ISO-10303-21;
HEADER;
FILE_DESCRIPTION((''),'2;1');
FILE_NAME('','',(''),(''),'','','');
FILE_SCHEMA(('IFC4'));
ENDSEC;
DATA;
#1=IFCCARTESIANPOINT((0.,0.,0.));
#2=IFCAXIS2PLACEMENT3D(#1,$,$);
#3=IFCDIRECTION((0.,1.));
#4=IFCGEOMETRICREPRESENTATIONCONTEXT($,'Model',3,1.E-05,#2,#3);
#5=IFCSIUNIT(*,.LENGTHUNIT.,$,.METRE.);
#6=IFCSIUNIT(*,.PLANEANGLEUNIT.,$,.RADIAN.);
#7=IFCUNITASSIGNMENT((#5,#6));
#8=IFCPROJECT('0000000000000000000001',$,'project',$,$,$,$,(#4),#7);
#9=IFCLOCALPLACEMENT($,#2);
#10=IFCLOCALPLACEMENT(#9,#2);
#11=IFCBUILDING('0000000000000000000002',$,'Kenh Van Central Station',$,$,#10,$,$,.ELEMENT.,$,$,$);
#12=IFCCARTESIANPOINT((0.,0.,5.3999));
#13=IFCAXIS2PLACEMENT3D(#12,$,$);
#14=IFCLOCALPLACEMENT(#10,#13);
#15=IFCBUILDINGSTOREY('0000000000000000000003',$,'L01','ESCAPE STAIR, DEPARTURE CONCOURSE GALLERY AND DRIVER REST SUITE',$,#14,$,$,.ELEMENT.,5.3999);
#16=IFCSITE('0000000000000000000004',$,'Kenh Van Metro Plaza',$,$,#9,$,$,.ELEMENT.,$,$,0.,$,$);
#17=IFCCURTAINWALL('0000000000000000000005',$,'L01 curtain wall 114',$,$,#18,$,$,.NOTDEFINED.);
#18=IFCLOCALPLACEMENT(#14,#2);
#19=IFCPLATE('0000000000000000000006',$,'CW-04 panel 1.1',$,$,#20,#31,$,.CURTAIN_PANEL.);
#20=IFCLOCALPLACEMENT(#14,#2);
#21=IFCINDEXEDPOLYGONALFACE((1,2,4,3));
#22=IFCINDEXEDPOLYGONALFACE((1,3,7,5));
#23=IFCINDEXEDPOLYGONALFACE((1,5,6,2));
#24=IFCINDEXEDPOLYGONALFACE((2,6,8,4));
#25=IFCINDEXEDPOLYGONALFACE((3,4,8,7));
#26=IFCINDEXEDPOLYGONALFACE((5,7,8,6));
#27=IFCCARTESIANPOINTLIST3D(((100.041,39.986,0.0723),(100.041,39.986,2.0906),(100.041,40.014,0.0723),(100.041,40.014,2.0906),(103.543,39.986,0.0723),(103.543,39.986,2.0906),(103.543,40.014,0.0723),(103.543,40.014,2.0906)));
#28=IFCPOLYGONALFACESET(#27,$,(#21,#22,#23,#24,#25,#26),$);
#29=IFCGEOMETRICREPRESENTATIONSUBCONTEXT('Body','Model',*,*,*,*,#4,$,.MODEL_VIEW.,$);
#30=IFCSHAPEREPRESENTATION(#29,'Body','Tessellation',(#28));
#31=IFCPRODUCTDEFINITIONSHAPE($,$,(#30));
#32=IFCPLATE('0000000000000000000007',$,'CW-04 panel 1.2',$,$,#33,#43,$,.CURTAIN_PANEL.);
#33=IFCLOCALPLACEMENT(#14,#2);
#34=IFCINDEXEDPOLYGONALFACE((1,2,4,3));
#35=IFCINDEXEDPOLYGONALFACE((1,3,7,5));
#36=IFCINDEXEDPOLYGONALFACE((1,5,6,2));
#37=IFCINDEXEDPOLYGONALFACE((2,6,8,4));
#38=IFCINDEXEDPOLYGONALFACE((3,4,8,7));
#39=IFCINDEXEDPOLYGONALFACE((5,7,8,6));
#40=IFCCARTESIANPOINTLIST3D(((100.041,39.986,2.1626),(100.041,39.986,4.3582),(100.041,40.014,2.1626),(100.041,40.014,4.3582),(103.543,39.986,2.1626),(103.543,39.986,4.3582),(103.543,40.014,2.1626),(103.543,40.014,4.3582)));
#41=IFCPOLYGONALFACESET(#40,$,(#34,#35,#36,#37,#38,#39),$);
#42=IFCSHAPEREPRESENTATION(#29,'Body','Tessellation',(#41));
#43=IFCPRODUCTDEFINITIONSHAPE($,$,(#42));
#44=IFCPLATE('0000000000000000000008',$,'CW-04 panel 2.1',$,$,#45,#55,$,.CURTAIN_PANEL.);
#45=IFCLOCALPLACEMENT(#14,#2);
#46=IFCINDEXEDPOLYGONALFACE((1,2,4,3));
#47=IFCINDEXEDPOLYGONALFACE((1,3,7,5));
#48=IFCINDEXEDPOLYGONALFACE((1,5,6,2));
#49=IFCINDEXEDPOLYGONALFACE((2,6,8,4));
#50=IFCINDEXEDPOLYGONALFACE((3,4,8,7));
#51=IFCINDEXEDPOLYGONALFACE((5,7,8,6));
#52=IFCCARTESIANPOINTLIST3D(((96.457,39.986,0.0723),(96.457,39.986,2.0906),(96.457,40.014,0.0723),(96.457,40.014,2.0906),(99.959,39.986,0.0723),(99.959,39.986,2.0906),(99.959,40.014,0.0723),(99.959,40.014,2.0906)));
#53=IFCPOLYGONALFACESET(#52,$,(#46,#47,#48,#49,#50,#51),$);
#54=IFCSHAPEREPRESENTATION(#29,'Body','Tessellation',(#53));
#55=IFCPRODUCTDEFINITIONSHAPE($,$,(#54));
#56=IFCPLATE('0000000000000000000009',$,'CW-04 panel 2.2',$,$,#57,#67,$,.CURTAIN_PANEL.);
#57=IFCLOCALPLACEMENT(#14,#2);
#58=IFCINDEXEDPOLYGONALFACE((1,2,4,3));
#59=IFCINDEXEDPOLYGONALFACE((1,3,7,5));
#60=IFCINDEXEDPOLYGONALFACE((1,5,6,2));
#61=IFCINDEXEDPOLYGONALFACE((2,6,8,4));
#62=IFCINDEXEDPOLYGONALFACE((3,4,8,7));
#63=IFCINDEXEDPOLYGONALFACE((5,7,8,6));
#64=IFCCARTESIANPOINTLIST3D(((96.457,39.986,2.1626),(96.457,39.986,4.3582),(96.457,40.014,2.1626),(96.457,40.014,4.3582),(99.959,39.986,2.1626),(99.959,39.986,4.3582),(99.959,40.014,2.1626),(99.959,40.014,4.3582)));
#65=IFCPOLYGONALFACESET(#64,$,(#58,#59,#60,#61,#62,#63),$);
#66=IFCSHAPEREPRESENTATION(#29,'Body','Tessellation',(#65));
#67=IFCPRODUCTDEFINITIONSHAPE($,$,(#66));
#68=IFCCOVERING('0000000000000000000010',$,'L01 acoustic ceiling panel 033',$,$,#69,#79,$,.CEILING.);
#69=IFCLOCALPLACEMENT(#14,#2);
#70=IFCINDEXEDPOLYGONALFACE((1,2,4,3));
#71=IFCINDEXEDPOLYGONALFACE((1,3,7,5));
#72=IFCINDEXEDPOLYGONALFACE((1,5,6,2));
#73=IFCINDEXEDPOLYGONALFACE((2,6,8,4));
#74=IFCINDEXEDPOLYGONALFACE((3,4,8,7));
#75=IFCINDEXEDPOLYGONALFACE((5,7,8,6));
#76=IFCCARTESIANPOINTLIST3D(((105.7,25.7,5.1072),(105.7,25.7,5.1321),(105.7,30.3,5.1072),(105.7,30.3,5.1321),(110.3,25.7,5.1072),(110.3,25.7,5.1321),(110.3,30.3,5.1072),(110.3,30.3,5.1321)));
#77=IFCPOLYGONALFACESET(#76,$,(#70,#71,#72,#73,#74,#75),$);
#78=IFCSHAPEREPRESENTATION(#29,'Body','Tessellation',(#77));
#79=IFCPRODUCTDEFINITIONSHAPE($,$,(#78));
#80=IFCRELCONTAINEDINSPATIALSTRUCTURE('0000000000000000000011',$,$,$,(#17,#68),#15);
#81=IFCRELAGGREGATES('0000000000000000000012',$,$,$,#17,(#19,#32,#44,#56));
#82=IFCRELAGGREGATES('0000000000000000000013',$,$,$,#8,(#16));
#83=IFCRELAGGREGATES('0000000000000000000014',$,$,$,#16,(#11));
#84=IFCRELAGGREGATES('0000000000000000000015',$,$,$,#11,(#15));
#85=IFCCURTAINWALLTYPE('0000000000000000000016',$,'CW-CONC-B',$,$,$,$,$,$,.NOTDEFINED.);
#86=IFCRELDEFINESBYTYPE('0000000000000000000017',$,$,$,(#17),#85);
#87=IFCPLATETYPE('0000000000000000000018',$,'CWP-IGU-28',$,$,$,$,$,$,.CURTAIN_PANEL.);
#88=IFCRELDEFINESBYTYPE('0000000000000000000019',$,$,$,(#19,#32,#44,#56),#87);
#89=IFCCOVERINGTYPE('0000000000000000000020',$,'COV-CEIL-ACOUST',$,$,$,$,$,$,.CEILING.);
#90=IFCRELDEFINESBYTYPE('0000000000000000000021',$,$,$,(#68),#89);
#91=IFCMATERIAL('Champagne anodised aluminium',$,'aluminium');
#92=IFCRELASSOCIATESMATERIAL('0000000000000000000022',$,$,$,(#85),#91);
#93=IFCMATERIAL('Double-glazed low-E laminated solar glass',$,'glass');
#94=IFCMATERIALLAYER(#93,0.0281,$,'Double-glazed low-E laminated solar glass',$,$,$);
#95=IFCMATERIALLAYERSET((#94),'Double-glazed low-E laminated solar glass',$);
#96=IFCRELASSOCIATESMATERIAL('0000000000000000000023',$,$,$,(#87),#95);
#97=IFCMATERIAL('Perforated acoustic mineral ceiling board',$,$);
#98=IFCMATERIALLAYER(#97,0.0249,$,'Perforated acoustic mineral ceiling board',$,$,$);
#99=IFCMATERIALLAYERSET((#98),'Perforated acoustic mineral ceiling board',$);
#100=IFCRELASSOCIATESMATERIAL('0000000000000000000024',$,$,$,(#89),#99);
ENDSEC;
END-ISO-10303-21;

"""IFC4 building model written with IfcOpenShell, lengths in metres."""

from ifc_helpers import new_model, si_unit, direction, frame, origin, origin_2d, place, context, subcontext, project, spatial, rectangle, extrude, material, layer, layer_set, type_object, element, aggregate, save


model = new_model("IFC4")

# Units and contexts
model_context = context("Model", 3, precision=1e-05, world=origin(), true_north=direction((0.0, 1.0)))
body_context = subcontext(model_context, "Body", "Model", "MODEL_VIEW")
ifc_project = project(units=[si_unit("LENGTHUNIT", "METRE"), si_unit("PLANEANGLEUNIT", "RADIAN")], contexts=[model_context])

# Site, building, storey
site_placement = place(None, origin())
site = spatial("IfcSite", under=ifc_project, at=site_placement, Name="Kenh Van Metro Plaza", CompositionType="ELEMENT", RefElevation=0.0)
building_placement = place(site_placement, origin())
building = spatial("IfcBuilding", under=site, at=building_placement, Name="Kenh Van Central Station", CompositionType="ELEMENT")
storey_placement = place(building_placement, frame((0.0, 0.0, 5.3999)))
storey = spatial("IfcBuildingStorey", under=building, at=storey_placement, Name="L01", Description="ESCAPE STAIR, DEPARTURE CONCOURSE GALLERY AND DRIVER REST SUITE", CompositionType="ELEMENT", Elevation=5.3999)

# Curtain wall
ifc_material_1 = material(Name="Champagne anodised aluminium", Category="aluminium")
curtain_wall_type = type_object("IfcCurtainWallType", Name="CW-CONC-B", PredefinedType="NOTDEFINED", material=ifc_material_1)
curtain_wall_1_placement = place(storey_placement, origin())
curtain_wall_1 = element("IfcCurtainWall", 1, at=curtain_wall_1_placement, inside=storey, type_object=curtain_wall_type, Name="L01 curtain wall 114", PredefinedType="NOTDEFINED")

# Plates
ifc_material_2 = material(Name="Double-glazed low-E laminated solar glass", Category="glass")
ifc_layer_1 = layer(ifc_material_2, 0.0281, Name="Double-glazed low-E laminated solar glass")
ifc_layer_set_1 = layer_set([ifc_layer_1], Name="Double-glazed low-E laminated solar glass")
plate_type = type_object("IfcPlateType", Name="CWP-IGU-28", PredefinedType="CURTAIN_PANEL", material=ifc_layer_set_1)
plate_1_placement = place(storey_placement, frame((101.792, 40.0, 0.0723), z_axis=(0.0, 0.0, 1.0), x_axis=(-1.0, 0.0, 0.0)))
plate_1 = element("IfcPlate", 2, at=plate_1_placement, type_object=plate_type, Name="CW-04 panel 1.1", PredefinedType="CURTAIN_PANEL", context=body_context, shape_type="SweptSolid", body=[
    extrude(rectangle(XDim=3.502, YDim=0.0281, at=origin_2d()), origin(), (0.0, 0.0, 1.0), 2.0183),
])
plate_2_placement = place(storey_placement, frame((101.792, 40.0, 2.1626), z_axis=(0.0, 0.0, 1.0), x_axis=(-1.0, 0.0, 0.0)))
plate_2 = element("IfcPlate", 3, at=plate_2_placement, type_object=plate_type, Name="CW-04 panel 1.2", PredefinedType="CURTAIN_PANEL", context=body_context, shape_type="SweptSolid", body=[
    extrude(rectangle(XDim=3.502, YDim=0.0281, at=origin_2d()), origin(), (0.0, 0.0, 1.0), 2.1956),
])
plate_3_placement = place(storey_placement, frame((98.208, 40.0, 0.0723), z_axis=(0.0, 0.0, 1.0), x_axis=(-1.0, 0.0, 0.0)))
plate_3 = element("IfcPlate", 4, at=plate_3_placement, type_object=plate_type, Name="CW-04 panel 2.1", PredefinedType="CURTAIN_PANEL", context=body_context, shape_type="SweptSolid", body=[
    extrude(rectangle(XDim=3.502, YDim=0.0281, at=origin_2d()), origin(), (0.0, 0.0, 1.0), 2.0183),
])
plate_4_placement = place(storey_placement, frame((98.208, 40.0, 2.1626), z_axis=(0.0, 0.0, 1.0), x_axis=(-1.0, 0.0, 0.0)))
plate_4 = element("IfcPlate", 5, at=plate_4_placement, type_object=plate_type, Name="CW-04 panel 2.2", PredefinedType="CURTAIN_PANEL", context=body_context, shape_type="SweptSolid", body=[
    extrude(rectangle(XDim=3.502, YDim=0.0281, at=origin_2d()), origin(), (0.0, 0.0, 1.0), 2.1956),
])
aggregate(curtain_wall_1, [plate_1, plate_2, plate_3, plate_4])

# Covering
ifc_material_3 = material(Name="Perforated acoustic mineral ceiling board")
ifc_layer_2 = layer(ifc_material_3, 0.0249, Name="Perforated acoustic mineral ceiling board")
ifc_layer_set_2 = layer_set([ifc_layer_2], Name="Perforated acoustic mineral ceiling board")
covering_type = type_object("IfcCoveringType", Name="COV-CEIL-ACOUST", PredefinedType="CEILING", material=ifc_layer_set_2)
covering_placement = place(storey_placement, frame((108.0, 28.0, 5.1072), z_axis=(0.0, 0.0, 1.0), x_axis=(1.0, 0.0, 0.0)))
element("IfcCovering", 6, at=covering_placement, inside=storey, type_object=covering_type, Name="L01 acoustic ceiling panel 033", PredefinedType="CEILING", context=body_context, shape_type="SweptSolid", body=[
    extrude(rectangle(XDim=4.6001, YDim=4.6001, at=origin_2d()), origin(), (0.0, 0.0, 1.0), 0.0249),
])

save(model, "model.ifc")
